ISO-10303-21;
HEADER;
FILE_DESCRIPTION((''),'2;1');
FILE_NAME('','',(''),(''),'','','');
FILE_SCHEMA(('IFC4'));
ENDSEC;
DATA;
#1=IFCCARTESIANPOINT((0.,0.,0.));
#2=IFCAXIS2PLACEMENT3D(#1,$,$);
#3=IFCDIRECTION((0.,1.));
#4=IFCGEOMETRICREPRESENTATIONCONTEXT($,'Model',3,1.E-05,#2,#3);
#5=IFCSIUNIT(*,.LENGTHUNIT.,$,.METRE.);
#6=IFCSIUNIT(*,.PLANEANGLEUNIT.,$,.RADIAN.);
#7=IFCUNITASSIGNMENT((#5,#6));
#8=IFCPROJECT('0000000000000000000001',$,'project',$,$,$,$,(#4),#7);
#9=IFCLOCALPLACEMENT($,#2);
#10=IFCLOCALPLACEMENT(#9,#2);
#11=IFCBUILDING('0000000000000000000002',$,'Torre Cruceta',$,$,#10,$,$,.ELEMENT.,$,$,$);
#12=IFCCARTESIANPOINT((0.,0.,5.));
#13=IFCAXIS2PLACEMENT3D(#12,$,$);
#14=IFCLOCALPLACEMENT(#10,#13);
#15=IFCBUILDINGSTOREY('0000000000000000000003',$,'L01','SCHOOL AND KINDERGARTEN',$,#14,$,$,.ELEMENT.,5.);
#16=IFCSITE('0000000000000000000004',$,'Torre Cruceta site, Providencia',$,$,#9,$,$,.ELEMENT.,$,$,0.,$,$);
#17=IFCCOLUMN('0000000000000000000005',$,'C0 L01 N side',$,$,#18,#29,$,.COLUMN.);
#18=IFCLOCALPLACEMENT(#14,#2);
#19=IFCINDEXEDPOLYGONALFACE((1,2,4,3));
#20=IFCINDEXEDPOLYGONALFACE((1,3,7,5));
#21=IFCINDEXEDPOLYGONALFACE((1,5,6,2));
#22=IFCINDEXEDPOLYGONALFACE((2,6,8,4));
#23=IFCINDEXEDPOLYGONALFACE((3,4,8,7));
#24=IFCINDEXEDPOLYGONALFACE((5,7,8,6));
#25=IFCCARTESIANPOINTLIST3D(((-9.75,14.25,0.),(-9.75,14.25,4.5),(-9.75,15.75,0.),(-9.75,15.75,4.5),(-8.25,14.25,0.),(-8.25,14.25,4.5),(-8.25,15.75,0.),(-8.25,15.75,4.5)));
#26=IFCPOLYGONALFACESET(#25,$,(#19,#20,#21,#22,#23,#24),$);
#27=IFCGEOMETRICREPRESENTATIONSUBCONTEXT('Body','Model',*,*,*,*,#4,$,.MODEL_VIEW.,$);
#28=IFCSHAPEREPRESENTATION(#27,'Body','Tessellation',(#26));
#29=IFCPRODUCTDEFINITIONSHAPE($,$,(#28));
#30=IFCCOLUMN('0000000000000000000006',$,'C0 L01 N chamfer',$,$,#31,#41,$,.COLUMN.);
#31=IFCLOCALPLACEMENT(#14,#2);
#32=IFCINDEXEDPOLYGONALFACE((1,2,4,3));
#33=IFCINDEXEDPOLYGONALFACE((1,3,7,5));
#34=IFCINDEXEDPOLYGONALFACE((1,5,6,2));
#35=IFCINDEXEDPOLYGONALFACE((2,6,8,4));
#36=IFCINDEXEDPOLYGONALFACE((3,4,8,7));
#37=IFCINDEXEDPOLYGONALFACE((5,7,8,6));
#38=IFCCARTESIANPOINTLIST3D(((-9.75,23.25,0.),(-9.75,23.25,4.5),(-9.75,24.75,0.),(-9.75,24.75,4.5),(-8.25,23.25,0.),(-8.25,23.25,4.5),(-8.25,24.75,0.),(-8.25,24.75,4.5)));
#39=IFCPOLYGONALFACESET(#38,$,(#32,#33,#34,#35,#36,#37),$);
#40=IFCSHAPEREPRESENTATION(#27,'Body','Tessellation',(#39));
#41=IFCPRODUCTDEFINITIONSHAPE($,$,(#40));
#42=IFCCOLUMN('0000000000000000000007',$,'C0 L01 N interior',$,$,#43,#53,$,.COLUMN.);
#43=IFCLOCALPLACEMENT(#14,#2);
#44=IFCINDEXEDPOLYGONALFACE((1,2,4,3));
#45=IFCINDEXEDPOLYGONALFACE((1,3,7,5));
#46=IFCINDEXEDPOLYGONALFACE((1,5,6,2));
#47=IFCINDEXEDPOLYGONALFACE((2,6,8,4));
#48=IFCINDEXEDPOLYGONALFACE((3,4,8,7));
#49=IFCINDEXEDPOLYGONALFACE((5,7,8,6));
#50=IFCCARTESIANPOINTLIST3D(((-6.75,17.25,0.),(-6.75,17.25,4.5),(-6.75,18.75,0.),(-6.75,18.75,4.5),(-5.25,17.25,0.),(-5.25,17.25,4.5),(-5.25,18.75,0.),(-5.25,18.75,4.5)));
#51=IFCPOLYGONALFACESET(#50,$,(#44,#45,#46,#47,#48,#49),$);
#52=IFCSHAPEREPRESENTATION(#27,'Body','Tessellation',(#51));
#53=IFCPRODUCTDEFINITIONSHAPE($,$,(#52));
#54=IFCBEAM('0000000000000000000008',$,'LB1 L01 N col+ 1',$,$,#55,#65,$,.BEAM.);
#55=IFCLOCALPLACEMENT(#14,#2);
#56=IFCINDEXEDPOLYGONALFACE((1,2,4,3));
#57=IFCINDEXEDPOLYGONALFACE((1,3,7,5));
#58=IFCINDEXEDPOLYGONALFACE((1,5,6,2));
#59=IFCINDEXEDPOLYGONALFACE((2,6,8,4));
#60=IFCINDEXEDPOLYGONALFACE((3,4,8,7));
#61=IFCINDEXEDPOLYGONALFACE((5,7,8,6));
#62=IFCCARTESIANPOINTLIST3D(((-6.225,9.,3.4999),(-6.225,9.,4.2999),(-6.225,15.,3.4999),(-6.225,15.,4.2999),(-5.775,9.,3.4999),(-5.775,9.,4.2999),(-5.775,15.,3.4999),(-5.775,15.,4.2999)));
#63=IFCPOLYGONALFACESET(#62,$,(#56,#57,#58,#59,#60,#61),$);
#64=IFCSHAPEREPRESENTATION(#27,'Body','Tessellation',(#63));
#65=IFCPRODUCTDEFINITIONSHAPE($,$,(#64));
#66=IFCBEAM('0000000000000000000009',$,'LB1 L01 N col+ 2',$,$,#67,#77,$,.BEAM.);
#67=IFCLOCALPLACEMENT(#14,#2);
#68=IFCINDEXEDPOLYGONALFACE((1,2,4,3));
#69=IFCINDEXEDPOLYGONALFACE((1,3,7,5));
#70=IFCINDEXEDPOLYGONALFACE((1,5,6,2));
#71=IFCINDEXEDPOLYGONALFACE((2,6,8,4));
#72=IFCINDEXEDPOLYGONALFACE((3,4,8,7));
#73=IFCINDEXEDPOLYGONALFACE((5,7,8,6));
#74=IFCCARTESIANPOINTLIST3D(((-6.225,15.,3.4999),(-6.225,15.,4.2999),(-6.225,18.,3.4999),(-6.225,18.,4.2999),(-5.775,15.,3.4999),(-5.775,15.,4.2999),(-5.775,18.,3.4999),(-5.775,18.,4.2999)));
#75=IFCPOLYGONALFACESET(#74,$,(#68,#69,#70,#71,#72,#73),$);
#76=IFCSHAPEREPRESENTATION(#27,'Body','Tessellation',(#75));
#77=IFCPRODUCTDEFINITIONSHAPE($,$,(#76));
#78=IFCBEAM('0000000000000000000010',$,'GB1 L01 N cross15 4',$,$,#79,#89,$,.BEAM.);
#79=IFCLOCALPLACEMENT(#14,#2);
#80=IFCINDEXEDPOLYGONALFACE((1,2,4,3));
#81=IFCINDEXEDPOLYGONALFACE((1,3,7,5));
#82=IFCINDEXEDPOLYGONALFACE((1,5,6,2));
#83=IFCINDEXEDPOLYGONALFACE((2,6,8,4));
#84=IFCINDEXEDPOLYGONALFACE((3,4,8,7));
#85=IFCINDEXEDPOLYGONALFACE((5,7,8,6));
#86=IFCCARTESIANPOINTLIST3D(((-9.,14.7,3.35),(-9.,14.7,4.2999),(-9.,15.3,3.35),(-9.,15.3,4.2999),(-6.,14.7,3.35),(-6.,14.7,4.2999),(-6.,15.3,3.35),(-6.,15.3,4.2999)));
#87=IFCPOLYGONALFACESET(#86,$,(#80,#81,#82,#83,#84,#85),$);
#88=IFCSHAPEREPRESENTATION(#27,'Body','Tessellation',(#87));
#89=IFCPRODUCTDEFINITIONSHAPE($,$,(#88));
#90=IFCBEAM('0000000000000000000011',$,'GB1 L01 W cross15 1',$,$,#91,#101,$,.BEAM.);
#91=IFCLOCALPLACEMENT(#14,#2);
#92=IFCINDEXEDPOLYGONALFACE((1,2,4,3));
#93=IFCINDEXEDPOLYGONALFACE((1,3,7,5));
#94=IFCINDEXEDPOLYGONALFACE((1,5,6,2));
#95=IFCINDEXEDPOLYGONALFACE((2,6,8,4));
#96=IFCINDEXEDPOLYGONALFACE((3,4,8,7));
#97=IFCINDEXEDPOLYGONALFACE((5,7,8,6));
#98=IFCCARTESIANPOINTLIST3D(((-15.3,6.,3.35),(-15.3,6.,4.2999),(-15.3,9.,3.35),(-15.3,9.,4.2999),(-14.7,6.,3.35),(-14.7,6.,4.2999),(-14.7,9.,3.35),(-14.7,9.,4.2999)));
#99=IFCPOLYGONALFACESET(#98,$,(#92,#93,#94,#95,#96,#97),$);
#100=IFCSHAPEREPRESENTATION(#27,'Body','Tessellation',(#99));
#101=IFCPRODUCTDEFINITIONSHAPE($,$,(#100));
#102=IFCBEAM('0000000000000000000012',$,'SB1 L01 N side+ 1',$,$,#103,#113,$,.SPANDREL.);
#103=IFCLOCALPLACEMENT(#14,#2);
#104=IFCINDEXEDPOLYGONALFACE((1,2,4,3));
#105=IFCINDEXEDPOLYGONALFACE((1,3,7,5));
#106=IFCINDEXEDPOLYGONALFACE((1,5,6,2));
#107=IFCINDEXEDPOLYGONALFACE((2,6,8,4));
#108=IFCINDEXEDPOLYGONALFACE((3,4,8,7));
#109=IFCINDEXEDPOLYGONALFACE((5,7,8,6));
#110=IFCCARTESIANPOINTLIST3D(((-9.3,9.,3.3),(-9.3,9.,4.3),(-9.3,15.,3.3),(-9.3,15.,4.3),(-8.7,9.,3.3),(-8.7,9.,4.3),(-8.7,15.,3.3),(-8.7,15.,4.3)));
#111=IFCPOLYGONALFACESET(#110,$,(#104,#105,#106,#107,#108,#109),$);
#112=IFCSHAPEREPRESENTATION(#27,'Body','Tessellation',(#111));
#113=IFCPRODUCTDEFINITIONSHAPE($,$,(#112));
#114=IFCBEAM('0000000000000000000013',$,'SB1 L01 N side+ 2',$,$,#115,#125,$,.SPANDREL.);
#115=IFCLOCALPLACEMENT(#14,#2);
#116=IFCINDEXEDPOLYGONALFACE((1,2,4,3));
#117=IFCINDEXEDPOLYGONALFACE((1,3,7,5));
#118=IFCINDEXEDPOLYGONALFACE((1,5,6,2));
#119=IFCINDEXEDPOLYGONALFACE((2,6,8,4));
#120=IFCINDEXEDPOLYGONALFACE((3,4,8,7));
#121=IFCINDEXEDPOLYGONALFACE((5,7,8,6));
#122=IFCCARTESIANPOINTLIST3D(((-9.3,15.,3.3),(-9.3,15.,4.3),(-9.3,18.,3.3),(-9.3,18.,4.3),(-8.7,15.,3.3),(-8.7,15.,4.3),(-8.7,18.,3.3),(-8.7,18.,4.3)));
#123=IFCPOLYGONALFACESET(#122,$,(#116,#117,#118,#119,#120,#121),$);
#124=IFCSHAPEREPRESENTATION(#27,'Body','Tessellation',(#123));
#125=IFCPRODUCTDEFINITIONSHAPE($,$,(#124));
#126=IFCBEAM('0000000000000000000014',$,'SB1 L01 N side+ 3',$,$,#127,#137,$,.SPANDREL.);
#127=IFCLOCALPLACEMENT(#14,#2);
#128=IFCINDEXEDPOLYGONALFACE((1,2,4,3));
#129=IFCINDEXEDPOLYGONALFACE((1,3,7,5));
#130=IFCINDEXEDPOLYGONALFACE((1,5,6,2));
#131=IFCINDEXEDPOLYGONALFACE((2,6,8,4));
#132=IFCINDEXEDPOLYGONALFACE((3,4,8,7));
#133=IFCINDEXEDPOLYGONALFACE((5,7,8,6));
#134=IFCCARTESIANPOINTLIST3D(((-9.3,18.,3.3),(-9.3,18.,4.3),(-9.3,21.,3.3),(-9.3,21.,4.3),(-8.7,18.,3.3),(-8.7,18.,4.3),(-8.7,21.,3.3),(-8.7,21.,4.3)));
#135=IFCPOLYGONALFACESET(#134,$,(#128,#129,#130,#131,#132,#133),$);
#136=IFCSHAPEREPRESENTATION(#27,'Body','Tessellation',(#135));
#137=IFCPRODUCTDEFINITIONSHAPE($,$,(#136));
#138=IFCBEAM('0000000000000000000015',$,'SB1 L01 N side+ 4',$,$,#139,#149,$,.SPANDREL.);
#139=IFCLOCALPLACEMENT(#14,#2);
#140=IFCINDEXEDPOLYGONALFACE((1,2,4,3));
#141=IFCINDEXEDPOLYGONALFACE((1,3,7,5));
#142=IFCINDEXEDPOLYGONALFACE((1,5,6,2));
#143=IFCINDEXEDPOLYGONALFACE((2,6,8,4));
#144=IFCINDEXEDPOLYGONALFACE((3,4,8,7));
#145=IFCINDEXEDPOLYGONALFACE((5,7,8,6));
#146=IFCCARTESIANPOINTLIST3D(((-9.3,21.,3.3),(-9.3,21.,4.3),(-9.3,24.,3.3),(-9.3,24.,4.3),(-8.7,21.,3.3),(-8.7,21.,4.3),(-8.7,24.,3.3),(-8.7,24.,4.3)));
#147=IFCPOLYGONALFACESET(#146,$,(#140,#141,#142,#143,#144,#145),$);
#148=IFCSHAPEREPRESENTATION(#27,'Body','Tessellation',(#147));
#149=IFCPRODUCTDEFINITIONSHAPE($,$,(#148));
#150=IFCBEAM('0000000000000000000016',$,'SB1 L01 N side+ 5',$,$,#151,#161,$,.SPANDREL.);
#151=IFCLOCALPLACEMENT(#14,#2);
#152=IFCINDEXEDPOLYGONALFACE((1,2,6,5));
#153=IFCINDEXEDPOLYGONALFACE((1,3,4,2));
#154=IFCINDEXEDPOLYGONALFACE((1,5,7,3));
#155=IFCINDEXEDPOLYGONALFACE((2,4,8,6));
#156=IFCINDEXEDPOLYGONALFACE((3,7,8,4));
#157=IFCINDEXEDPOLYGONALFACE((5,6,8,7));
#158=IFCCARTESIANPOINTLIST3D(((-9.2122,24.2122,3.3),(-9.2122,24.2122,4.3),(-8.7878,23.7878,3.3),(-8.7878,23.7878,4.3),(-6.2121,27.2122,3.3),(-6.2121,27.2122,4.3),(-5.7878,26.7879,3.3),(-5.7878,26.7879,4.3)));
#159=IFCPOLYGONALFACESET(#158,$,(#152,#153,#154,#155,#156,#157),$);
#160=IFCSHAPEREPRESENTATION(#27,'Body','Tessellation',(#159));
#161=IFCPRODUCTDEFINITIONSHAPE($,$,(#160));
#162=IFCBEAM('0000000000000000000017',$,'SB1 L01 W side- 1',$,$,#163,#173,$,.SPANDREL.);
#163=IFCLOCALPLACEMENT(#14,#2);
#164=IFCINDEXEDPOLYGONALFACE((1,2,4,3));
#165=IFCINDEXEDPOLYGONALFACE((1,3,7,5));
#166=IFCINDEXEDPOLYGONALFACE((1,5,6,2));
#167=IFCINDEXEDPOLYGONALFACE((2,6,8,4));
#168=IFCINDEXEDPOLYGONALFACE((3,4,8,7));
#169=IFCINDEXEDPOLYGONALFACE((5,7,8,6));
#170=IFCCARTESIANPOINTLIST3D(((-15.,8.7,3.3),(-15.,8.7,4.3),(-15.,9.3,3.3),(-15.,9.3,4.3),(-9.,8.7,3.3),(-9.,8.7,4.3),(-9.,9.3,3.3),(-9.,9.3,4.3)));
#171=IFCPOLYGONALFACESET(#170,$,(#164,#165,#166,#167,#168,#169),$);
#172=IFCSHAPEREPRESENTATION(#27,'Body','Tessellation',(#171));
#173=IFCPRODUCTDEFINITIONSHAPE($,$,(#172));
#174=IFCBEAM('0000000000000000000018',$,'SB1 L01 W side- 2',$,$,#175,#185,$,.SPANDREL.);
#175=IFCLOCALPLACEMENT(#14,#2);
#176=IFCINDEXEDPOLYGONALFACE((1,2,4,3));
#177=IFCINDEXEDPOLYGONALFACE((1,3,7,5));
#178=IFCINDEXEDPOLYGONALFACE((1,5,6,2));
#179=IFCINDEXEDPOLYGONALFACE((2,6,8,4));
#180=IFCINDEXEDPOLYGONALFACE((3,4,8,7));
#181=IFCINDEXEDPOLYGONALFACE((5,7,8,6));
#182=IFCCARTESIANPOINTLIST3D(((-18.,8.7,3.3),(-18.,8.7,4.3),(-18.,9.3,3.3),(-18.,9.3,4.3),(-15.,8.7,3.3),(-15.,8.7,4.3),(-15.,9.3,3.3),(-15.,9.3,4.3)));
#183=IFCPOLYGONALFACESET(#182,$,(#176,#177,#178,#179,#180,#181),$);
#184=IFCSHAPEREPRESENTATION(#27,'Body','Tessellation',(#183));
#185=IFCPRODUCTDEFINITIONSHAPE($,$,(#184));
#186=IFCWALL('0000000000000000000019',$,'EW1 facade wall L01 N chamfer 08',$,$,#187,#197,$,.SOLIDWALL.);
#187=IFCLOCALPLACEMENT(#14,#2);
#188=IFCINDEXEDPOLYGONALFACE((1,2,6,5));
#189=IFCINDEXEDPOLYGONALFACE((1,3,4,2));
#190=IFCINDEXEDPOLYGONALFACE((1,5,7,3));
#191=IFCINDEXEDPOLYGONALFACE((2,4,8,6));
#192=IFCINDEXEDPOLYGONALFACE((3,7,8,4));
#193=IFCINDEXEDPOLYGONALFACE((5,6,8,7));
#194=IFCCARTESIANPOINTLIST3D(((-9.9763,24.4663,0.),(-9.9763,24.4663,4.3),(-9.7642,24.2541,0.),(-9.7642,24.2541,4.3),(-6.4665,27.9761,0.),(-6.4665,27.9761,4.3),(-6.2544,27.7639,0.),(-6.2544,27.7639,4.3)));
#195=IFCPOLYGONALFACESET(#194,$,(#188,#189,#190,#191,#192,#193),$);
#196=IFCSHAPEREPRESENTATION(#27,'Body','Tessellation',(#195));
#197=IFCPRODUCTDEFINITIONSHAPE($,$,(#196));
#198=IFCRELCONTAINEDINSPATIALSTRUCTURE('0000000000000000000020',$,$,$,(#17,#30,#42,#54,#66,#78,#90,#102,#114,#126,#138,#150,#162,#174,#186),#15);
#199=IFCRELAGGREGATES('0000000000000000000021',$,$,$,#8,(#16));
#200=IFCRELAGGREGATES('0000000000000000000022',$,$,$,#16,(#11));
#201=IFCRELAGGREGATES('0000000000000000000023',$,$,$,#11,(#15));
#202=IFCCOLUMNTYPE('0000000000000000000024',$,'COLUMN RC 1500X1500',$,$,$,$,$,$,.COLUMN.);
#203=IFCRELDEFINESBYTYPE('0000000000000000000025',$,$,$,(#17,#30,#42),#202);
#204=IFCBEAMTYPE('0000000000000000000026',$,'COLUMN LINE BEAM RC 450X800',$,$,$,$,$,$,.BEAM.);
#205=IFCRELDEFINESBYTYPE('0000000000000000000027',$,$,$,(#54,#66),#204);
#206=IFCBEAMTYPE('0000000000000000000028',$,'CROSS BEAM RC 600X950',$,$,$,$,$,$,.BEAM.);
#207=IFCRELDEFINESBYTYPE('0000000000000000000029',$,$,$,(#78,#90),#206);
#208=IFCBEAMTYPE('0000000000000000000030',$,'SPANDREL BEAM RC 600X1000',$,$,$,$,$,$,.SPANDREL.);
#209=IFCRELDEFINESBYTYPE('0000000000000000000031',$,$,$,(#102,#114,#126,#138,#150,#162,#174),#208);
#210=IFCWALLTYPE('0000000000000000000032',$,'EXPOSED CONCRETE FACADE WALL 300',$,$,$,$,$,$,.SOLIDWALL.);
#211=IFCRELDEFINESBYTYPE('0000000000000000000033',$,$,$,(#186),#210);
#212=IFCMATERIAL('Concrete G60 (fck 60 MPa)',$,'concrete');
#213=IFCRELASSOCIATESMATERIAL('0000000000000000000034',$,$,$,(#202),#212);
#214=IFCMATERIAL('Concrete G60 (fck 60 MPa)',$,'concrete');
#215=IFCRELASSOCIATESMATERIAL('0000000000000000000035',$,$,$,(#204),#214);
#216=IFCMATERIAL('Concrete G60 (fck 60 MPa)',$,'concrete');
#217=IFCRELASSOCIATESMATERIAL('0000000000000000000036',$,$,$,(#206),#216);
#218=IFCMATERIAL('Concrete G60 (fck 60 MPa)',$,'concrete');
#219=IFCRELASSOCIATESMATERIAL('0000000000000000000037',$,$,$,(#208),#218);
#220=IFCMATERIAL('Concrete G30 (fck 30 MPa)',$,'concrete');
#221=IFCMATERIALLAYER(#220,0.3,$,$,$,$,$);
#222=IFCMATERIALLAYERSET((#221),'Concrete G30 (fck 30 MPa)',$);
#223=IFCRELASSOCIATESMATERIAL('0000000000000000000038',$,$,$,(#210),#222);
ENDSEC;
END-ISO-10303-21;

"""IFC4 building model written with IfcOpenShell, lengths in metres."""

from ifc_helpers import new_model, si_unit, direction, frame, frame_2d, origin, origin_2d, place, context, subcontext, project, spatial, rectangle, extrude, material, layer, layer_set, material_profile, profile_set, type_object, element, save


model = new_model("IFC4")

# Units and contexts
model_context = context("Model", 3, precision=1e-05, world=origin(), true_north=direction((0.0, 1.0)))
body_context = subcontext(model_context, "Body", "Model", "MODEL_VIEW")
ifc_project = project(units=[si_unit("LENGTHUNIT", "METRE"), si_unit("PLANEANGLEUNIT", "RADIAN")], contexts=[model_context])

# Site, building, storey
site_placement = place(None, origin())
site = spatial("IfcSite", under=ifc_project, at=site_placement, Name="Torre Cruceta site, Providencia", CompositionType="ELEMENT", RefElevation=0.0)
building_placement = place(site_placement, origin())
building = spatial("IfcBuilding", under=site, at=building_placement, Name="Torre Cruceta", CompositionType="ELEMENT")
storey_placement = place(building_placement, frame((0.0, 0.0, 5.0)))
storey = spatial("IfcBuildingStorey", under=building, at=storey_placement, Name="L01", Description="SCHOOL AND KINDERGARTEN", CompositionType="ELEMENT", Elevation=5.0)

# Columns
ifc_material_1 = material(Name="Concrete G60 (fck 60 MPa)", Category="concrete")
ifc_material_profile_1 = material_profile(ifc_material_1, rectangle(XDim=1.5, YDim=1.5, at=origin_2d()), Name="RC 1500X1500")
ifc_profile_set_1 = profile_set([ifc_material_profile_1], Name="Concrete G60 (fck 60 MPa)")
column_type = type_object("IfcColumnType", Name="COLUMN RC 1500X1500", PredefinedType="COLUMN", material=ifc_profile_set_1)
for number, where, z_axis, x_axis, name in (
    (1, (-9.0, 15.0, 0.0), (0.0, 0.0, 1.0), (1.0, 0.0, 0.0), "C0 L01 N side"),
    (2, (-9.0, 24.0, 0.0), (0.0, 0.0, 1.0), (1.0, 0.0, 0.0), "C0 L01 N chamfer"),
    (3, (-6.0, 18.0, 0.0), (0.0, 0.0, 1.0), (1.0, 0.0, 0.0), "C0 L01 N interior"),
):
    element("IfcColumn", number, at=place(storey_placement, frame(where, z_axis=z_axis, x_axis=x_axis)), inside=storey, type_object=column_type, Name=name, PredefinedType="COLUMN", context=body_context, shape_type="SweptSolid", body=[
        extrude(rectangle(XDim=1.5, YDim=1.5, at=origin_2d()), origin(), (0.0, 0.0, 1.0), 4.5),
    ])

# Beams
ifc_material_2 = material(Name="Concrete G60 (fck 60 MPa)", Category="concrete")
ifc_material_profile_2 = material_profile(ifc_material_2, rectangle(XDim=0.45, YDim=0.8, at=origin_2d()), Name="RC 450X800")
ifc_profile_set_2 = profile_set([ifc_material_profile_2], Name="Concrete G60 (fck 60 MPa)")
beam_type_1 = type_object("IfcBeamType", Name="COLUMN LINE BEAM RC 450X800", PredefinedType="BEAM", material=ifc_profile_set_2)
beam_1_placement = place(storey_placement, frame((-6.0, 9.0, 3.8999), z_axis=(0.0, 1.0, 0.0), x_axis=(-1.0, 0.0, 0.0)))
element("IfcBeam", 4, at=beam_1_placement, inside=storey, type_object=beam_type_1, Name="LB1 L01 N col+ 1", PredefinedType="BEAM", context=body_context, shape_type="SweptSolid", body=[
    extrude(rectangle(XDim=0.45, YDim=0.8, at=origin_2d()), origin(), (0.0, 0.0, 1.0), 6.0),
])
beam_2_placement = place(storey_placement, frame((-6.0, 15.0, 3.8999), z_axis=(0.0, 1.0, 0.0), x_axis=(-1.0, 0.0, 0.0)))
element("IfcBeam", 5, at=beam_2_placement, inside=storey, type_object=beam_type_1, Name="LB1 L01 N col+ 2", PredefinedType="BEAM", context=body_context, shape_type="SweptSolid", body=[
    extrude(rectangle(XDim=0.45, YDim=0.8, at=origin_2d()), origin(), (0.0, 0.0, 1.0), 3.0),
])
ifc_material_3 = material(Name="Concrete G60 (fck 60 MPa)", Category="concrete")
ifc_material_profile_3 = material_profile(ifc_material_3, rectangle(XDim=0.6001, YDim=0.95, at=origin_2d()), Name="RC 600X950")
ifc_profile_set_3 = profile_set([ifc_material_profile_3], Name="Concrete G60 (fck 60 MPa)")
beam_type_2 = type_object("IfcBeamType", Name="CROSS BEAM RC 600X950", PredefinedType="BEAM", material=ifc_profile_set_3)
for number, where, z_axis, x_axis, name in (
    (6, (-6.0, 15.0, 3.825), (-1.0, 0.0, 0.0), (0.0, -1.0, 0.0), "GB1 L01 N cross15 4"),
    (7, (-15.0, 9.0, 3.825), (0.0, -1.0, 0.0), (1.0, 0.0, 0.0), "GB1 L01 W cross15 1"),
):
    element("IfcBeam", number, at=place(storey_placement, frame(where, z_axis=z_axis, x_axis=x_axis)), inside=storey, type_object=beam_type_2, Name=name, PredefinedType="BEAM", context=body_context, shape_type="SweptSolid", body=[
        extrude(rectangle(XDim=0.6001, YDim=0.95, at=origin_2d()), origin(), (0.0, 0.0, 1.0), 3.0),
    ])
ifc_material_4 = material(Name="Concrete G60 (fck 60 MPa)", Category="concrete")
ifc_material_profile_4 = material_profile(ifc_material_4, rectangle(XDim=0.6001, YDim=1.0, at=origin_2d()), Name="RC 600X1000")
ifc_profile_set_4 = profile_set([ifc_material_profile_4], Name="Concrete G60 (fck 60 MPa)")
beam_type_3 = type_object("IfcBeamType", Name="SPANDREL BEAM RC 600X1000", PredefinedType="SPANDREL", material=ifc_profile_set_4)
beam_3_placement = place(storey_placement, frame((-9.0, 9.0, 3.8), z_axis=(0.0, 1.0, 0.0), x_axis=(-1.0, 0.0, 0.0)))
element("IfcBeam", 8, at=beam_3_placement, inside=storey, type_object=beam_type_3, Name="SB1 L01 N side+ 1", PredefinedType="SPANDREL", context=body_context, shape_type="SweptSolid", body=[
    extrude(rectangle(XDim=0.6001, YDim=1.0, at=origin_2d()), origin(), (0.0, 0.0, 1.0), 6.0),
])
for number, where, z_axis, x_axis, name in (
    (9, (-9.0, 15.0, 3.8), (0.0, 1.0, 0.0), (-1.0, 0.0, 0.0), "SB1 L01 N side+ 2"),
    (10, (-9.0, 18.0, 3.8), (0.0, 1.0, 0.0), (-1.0, 0.0, 0.0), "SB1 L01 N side+ 3"),
    (11, (-9.0, 21.0, 3.8), (0.0, 1.0, 0.0), (-1.0, 0.0, 0.0), "SB1 L01 N side+ 4"),
):
    element("IfcBeam", number, at=place(storey_placement, frame(where, z_axis=z_axis, x_axis=x_axis)), inside=storey, type_object=beam_type_3, Name=name, PredefinedType="SPANDREL", context=body_context, shape_type="SweptSolid", body=[
        extrude(rectangle(XDim=0.6001, YDim=1.0, at=origin_2d()), origin(), (0.0, 0.0, 1.0), 3.0),
    ])
beam_4_placement = place(storey_placement, frame((-9.0, 24.0, 3.8), z_axis=(0.707107, 0.707107, 0.0), x_axis=(-0.707107, 0.707107, 0.0)))
element("IfcBeam", 12, at=beam_4_placement, inside=storey, type_object=beam_type_3, Name="SB1 L01 N side+ 5", PredefinedType="SPANDREL", context=body_context, shape_type="SweptSolid", body=[
    extrude(rectangle(XDim=0.6001, YDim=1.0, at=origin_2d()), origin(), (0.0, 0.0, 1.0), 4.2427),
])
beam_5_placement = place(storey_placement, frame((-9.0, 9.0, 3.8), z_axis=(-1.0, 0.0, 0.0), x_axis=(0.0, -1.0, 0.0)))
element("IfcBeam", 13, at=beam_5_placement, inside=storey, type_object=beam_type_3, Name="SB1 L01 W side- 1", PredefinedType="SPANDREL", context=body_context, shape_type="SweptSolid", body=[
    extrude(rectangle(XDim=0.6001, YDim=1.0, at=origin_2d()), origin(), (0.0, 0.0, 1.0), 6.0),
])
beam_6_placement = place(storey_placement, frame((-15.0, 9.0, 3.8), z_axis=(-1.0, 0.0, 0.0), x_axis=(0.0, -1.0, 0.0)))
element("IfcBeam", 14, at=beam_6_placement, inside=storey, type_object=beam_type_3, Name="SB1 L01 W side- 2", PredefinedType="SPANDREL", context=body_context, shape_type="SweptSolid", body=[
    extrude(rectangle(XDim=0.6001, YDim=1.0, at=origin_2d()), origin(), (0.0, 0.0, 1.0), 3.0),
])

# Wall
ifc_material_5 = material(Name="Concrete G30 (fck 30 MPa)", Category="concrete")
ifc_layer_1 = layer(ifc_material_5, 0.3)
ifc_layer_set_1 = layer_set([ifc_layer_1], Name="Concrete G30 (fck 30 MPa)")
wall_type_1 = type_object("IfcWallType", Name="EXPOSED CONCRETE FACADE WALL 300", PredefinedType="SOLIDWALL", material=ifc_layer_set_1)
wall_1_placement = place(storey_placement, frame((-6.3604, 27.8701, 0.0), z_axis=(0.0, 0.0, 1.0), x_axis=(-0.707107, -0.707107, 0.0)))
element("IfcWall", 15, at=wall_1_placement, inside=storey, type_object=wall_type_1, Name="EW1 facade wall L01 N chamfer 08", PredefinedType="SOLIDWALL", context=body_context, shape_type="SweptSolid", body=[
    extrude(rectangle(XDim=4.9636, YDim=0.3, at=frame_2d((2.4819, 0.0))), origin(), (0.0, 0.0, 1.0), 4.3),
])

save(model, "model.ifc")
